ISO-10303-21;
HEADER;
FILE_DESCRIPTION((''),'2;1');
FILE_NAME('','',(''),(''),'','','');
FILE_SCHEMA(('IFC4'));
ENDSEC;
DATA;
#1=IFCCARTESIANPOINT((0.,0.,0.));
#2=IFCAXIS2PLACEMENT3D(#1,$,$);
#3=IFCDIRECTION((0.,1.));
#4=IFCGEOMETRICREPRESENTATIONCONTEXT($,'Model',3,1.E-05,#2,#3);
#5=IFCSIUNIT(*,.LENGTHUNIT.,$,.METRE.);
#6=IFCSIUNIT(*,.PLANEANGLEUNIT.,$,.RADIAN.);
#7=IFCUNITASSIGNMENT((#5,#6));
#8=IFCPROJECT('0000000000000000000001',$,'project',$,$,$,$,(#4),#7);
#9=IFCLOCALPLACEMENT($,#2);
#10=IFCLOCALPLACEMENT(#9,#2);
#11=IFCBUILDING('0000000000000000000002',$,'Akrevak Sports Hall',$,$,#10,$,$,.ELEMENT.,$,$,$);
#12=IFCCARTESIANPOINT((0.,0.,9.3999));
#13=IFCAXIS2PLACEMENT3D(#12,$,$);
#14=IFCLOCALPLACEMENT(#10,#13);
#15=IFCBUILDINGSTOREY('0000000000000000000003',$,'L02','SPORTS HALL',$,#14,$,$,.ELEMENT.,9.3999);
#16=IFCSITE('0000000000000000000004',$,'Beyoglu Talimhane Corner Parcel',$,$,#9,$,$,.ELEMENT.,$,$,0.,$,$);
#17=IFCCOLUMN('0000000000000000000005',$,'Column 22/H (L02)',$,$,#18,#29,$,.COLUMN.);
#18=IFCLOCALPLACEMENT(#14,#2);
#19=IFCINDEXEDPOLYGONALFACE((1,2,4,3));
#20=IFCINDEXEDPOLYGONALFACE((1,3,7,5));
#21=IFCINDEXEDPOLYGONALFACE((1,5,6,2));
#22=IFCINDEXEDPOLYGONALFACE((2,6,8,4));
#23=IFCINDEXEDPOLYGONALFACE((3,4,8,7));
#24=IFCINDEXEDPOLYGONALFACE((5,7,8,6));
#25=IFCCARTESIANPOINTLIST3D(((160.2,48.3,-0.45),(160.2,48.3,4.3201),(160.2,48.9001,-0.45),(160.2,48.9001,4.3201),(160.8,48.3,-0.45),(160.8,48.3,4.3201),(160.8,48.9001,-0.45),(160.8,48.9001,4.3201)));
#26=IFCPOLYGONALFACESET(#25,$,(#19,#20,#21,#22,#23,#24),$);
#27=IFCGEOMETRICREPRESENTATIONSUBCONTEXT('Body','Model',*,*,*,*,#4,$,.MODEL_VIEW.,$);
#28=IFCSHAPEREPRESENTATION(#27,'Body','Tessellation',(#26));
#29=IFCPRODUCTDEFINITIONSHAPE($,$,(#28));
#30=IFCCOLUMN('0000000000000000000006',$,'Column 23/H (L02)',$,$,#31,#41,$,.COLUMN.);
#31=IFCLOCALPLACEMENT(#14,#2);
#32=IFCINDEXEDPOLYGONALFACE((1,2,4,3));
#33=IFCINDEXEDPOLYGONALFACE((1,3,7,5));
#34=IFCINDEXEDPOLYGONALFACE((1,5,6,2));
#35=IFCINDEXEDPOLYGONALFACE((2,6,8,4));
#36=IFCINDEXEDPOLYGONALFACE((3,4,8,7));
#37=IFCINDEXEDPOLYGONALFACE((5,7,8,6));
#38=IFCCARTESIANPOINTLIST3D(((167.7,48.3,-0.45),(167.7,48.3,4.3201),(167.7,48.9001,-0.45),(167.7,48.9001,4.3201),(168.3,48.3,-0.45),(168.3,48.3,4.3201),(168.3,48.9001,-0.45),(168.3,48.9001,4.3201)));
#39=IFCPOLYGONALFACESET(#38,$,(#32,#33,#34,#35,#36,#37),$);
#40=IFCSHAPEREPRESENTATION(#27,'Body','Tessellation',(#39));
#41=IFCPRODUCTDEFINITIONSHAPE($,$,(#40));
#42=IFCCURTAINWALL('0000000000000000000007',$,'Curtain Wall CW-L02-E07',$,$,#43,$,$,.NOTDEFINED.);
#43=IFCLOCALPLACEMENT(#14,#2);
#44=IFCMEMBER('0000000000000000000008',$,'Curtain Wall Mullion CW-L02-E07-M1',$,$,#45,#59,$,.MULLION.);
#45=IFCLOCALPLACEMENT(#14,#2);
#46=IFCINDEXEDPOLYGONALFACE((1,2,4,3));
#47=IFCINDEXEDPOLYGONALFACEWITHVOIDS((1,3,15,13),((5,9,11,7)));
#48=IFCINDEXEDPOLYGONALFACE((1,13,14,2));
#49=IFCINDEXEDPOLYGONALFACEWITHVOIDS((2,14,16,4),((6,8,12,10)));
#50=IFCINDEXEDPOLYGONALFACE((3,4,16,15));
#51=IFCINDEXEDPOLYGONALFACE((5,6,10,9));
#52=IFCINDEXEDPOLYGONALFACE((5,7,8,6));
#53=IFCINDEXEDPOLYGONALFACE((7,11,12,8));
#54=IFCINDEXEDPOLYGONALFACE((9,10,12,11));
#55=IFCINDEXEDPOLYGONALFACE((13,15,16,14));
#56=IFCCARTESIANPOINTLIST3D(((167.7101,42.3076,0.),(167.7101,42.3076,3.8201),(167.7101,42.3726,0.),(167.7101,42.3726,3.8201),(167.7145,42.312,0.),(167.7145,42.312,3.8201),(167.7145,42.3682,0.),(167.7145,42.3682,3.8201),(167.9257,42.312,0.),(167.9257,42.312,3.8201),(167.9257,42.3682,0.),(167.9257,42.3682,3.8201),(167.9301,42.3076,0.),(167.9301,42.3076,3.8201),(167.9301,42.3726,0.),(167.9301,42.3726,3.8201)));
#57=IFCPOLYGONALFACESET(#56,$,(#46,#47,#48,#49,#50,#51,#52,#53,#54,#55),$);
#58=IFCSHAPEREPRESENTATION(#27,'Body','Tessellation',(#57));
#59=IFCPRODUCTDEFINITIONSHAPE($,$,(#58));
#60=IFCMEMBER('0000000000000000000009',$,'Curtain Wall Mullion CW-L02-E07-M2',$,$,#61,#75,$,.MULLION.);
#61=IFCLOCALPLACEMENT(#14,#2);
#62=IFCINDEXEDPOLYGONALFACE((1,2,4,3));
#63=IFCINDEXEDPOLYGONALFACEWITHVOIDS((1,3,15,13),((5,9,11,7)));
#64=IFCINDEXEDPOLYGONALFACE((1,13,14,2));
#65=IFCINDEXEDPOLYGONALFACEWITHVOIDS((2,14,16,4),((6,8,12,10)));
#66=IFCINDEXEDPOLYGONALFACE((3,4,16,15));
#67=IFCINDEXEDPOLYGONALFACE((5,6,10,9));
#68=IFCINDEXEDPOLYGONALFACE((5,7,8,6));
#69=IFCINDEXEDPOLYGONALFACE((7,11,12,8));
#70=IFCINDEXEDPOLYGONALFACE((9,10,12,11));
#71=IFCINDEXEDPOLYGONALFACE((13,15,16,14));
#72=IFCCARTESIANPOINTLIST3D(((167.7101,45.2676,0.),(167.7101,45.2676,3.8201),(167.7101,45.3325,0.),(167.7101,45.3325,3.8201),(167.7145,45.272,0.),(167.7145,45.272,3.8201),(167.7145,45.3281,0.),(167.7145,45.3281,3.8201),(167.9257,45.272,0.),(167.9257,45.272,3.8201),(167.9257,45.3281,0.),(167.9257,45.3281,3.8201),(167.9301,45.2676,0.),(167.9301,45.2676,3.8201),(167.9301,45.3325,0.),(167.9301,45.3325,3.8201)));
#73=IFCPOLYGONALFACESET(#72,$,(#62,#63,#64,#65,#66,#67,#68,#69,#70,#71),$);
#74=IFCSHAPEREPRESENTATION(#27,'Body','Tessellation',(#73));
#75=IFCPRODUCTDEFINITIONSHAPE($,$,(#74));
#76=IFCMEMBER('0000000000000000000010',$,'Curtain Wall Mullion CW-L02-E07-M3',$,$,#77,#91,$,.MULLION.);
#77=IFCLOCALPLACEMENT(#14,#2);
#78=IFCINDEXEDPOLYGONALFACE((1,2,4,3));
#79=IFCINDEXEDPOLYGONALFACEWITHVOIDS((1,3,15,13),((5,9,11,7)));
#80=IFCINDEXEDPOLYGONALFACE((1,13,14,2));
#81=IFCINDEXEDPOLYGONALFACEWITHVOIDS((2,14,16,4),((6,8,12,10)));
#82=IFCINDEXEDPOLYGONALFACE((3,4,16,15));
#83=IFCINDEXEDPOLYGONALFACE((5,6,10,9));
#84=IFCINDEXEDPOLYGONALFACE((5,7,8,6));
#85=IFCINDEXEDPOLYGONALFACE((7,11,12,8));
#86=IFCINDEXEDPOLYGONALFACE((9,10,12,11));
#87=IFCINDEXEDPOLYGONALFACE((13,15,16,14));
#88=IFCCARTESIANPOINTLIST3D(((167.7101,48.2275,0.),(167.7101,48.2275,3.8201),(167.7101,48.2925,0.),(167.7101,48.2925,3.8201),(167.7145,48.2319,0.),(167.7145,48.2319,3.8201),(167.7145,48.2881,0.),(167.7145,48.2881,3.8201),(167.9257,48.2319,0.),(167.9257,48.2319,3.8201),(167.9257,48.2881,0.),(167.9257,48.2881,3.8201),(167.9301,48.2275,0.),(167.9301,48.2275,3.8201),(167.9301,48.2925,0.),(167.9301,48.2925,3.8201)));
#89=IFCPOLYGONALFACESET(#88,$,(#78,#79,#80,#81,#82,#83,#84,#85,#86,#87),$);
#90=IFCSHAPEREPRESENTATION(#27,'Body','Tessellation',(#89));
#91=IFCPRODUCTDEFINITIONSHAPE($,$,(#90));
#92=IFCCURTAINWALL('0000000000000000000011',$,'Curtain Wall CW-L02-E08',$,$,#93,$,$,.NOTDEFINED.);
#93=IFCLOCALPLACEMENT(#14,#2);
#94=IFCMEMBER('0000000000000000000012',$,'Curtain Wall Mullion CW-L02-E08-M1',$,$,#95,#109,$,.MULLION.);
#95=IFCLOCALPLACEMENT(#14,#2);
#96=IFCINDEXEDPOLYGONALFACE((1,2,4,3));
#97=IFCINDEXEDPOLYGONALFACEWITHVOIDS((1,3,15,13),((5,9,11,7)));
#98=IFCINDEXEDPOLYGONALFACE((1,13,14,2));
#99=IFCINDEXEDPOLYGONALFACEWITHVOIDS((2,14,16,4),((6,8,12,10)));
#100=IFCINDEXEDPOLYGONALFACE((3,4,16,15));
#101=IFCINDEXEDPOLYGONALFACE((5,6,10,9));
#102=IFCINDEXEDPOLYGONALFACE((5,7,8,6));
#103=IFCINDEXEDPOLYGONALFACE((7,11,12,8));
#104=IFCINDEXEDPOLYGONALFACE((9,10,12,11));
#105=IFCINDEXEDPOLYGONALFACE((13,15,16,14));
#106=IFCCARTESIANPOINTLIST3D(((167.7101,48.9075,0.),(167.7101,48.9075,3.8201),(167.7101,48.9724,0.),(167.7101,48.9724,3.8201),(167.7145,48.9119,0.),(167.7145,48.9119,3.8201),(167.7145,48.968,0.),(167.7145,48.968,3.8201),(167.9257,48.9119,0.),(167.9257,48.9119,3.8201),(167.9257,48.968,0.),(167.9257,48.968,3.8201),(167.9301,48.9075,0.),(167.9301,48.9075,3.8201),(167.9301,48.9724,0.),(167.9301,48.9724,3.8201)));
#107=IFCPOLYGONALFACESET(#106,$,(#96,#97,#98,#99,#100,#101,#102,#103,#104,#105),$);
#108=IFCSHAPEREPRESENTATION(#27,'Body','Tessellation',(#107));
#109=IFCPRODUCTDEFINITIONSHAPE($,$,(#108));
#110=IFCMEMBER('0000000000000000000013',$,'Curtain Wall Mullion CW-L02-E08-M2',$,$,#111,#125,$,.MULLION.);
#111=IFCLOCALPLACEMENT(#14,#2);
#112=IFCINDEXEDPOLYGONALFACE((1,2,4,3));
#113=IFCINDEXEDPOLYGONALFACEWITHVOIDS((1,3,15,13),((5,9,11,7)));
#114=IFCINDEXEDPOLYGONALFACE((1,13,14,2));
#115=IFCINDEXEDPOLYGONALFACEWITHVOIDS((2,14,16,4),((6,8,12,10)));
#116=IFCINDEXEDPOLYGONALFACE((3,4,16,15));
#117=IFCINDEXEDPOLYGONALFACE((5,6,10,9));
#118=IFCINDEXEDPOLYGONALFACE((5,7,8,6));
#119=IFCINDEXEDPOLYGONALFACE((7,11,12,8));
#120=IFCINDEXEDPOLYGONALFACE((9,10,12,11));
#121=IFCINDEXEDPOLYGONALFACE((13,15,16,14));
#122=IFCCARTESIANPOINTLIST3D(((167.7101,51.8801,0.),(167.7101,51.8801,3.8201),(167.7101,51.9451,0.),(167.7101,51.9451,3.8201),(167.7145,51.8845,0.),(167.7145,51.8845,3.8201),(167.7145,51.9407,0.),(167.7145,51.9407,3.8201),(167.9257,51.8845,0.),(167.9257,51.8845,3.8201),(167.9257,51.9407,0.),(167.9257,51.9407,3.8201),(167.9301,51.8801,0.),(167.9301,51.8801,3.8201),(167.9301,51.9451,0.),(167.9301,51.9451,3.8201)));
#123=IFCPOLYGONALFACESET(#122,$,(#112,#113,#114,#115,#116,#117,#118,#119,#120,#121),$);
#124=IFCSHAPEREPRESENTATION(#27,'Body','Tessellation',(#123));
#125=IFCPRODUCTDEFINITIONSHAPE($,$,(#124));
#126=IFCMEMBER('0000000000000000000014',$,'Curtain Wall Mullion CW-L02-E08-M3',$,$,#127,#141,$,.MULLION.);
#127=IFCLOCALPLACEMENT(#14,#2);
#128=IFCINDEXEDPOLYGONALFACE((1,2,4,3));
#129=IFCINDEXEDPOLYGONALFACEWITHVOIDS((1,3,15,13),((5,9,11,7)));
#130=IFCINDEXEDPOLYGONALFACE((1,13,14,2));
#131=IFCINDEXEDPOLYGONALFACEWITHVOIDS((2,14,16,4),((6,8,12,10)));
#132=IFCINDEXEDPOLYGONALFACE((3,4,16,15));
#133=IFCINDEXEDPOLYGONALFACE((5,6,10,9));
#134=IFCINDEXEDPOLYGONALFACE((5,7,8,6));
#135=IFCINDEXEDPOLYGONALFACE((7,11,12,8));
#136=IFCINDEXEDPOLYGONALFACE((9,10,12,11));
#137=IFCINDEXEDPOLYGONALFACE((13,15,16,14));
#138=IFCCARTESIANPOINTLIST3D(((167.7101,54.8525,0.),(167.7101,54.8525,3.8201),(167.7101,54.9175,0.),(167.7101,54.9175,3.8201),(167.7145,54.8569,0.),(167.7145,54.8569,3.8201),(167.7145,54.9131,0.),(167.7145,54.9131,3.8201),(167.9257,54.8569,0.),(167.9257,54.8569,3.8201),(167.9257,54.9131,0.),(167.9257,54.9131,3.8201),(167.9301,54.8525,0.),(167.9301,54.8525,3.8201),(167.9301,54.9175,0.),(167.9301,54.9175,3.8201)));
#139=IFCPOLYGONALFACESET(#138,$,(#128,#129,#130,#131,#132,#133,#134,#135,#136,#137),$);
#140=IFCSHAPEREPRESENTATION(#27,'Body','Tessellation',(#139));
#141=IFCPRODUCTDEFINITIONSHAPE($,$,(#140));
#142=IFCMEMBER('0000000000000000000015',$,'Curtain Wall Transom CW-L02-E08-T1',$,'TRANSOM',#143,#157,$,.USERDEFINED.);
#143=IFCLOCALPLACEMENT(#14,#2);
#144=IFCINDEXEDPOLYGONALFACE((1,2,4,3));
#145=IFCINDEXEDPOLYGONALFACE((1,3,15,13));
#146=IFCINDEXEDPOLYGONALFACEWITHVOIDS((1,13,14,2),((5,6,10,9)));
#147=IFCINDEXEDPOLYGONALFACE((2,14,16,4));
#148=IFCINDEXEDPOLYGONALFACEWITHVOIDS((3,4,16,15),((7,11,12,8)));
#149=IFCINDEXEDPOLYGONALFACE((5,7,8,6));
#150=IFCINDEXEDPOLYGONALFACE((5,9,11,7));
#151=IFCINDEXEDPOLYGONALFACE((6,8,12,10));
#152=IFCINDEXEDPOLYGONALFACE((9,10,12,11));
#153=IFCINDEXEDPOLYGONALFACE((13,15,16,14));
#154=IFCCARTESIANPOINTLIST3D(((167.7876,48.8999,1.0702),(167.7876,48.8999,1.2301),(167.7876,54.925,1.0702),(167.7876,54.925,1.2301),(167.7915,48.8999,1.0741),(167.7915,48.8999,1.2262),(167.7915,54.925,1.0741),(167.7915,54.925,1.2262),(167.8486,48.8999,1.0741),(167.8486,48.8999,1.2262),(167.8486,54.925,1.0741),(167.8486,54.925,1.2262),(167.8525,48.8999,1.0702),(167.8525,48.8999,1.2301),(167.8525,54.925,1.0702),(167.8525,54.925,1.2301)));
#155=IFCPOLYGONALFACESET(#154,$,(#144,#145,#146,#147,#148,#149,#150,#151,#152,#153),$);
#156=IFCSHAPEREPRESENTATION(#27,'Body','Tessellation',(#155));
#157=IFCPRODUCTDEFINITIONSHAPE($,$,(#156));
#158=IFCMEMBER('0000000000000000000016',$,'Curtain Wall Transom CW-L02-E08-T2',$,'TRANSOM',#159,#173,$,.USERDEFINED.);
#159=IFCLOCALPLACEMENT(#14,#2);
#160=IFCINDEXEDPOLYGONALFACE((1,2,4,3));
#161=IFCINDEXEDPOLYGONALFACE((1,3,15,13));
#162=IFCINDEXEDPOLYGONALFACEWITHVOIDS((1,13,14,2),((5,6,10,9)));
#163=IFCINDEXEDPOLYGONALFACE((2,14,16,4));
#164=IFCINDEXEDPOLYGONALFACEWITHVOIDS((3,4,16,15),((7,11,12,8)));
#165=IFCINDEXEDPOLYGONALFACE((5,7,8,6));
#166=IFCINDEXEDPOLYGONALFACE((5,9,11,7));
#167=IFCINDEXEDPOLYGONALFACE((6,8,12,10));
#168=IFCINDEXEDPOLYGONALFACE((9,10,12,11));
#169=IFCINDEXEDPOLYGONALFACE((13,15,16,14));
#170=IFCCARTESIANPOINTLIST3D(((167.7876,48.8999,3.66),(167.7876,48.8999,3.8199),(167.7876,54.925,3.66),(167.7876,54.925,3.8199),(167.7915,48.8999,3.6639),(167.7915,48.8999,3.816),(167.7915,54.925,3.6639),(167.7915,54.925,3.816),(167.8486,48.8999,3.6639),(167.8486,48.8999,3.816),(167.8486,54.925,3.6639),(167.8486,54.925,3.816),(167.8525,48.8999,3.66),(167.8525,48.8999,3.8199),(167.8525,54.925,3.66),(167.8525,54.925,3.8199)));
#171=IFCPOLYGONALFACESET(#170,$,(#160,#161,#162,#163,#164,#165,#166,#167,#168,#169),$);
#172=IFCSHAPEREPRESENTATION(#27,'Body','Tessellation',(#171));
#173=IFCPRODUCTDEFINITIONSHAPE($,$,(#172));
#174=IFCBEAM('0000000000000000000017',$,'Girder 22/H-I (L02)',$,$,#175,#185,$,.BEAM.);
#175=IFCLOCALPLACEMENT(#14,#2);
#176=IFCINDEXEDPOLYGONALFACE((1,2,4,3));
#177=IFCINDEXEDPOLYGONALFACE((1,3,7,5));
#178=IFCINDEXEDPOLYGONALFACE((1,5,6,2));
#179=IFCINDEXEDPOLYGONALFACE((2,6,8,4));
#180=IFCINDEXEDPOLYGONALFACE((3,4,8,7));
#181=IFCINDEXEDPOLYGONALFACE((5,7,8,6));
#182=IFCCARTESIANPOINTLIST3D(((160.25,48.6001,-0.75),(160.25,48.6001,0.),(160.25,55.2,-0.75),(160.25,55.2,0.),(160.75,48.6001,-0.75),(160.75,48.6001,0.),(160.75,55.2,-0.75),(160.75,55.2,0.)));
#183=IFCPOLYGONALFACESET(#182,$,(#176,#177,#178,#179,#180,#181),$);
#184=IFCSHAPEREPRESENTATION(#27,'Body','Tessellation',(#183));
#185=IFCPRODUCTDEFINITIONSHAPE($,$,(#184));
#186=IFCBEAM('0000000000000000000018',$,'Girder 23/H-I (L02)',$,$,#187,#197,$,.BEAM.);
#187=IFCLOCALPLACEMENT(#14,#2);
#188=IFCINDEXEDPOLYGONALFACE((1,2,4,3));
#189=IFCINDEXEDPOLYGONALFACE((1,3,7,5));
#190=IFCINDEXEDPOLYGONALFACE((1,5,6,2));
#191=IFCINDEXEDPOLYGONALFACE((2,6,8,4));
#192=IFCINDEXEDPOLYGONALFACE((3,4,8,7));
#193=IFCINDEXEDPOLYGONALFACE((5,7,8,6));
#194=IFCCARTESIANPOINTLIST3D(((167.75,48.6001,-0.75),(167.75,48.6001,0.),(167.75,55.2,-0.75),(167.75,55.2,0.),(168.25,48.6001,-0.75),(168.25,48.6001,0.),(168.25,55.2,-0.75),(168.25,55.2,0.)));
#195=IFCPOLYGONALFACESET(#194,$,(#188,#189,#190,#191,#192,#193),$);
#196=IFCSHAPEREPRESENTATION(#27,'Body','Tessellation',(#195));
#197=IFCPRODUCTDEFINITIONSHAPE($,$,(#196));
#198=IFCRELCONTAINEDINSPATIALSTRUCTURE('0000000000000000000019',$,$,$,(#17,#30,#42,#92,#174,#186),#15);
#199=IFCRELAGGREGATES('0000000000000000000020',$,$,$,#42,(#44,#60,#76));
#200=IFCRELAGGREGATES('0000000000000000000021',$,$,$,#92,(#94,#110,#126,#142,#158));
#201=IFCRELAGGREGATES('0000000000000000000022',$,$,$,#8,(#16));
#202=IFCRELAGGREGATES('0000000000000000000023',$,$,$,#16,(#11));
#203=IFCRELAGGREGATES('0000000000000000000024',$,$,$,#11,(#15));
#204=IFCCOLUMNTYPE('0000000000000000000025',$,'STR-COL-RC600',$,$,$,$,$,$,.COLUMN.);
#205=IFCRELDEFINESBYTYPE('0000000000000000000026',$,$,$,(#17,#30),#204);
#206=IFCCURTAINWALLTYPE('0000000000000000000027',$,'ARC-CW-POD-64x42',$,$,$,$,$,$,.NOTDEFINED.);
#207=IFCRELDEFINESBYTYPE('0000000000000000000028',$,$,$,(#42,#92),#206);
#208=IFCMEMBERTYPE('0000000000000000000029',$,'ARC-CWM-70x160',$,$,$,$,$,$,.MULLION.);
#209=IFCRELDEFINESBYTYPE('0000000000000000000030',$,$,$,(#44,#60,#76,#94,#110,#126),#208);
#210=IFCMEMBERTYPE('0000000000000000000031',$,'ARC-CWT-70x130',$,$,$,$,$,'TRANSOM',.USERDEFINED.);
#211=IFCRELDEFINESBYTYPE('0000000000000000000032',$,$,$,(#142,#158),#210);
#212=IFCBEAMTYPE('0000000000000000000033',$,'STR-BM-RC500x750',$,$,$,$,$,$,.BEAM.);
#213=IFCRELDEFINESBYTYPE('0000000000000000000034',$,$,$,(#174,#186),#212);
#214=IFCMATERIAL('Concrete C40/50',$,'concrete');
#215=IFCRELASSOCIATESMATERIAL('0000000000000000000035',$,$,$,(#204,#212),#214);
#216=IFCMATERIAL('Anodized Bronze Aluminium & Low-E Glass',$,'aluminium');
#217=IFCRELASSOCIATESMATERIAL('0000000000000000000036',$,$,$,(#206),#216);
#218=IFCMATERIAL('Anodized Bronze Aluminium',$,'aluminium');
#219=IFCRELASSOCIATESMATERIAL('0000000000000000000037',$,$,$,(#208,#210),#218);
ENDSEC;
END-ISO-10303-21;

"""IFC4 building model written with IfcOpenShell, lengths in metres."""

from ifc_helpers import new_model, si_unit, direction, frame, origin, origin_2d, place, context, subcontext, project, spatial, rectangle, hollow_rectangle, extrude, material, material_profile, profile_set, type_object, element, aggregate, save


model = new_model("IFC4")

# Units and contexts
model_context = context("Model", 3, precision=1e-05, world=origin(), true_north=direction((0.0, 1.0)))
body_context = subcontext(model_context, "Body", "Model", "MODEL_VIEW")
ifc_project = project(units=[si_unit("LENGTHUNIT", "METRE"), si_unit("PLANEANGLEUNIT", "RADIAN")], contexts=[model_context])

# Site, building, storey
site_placement = place(None, origin())
site = spatial("IfcSite", under=ifc_project, at=site_placement, Name="Beyoglu Talimhane Corner Parcel", CompositionType="ELEMENT", RefElevation=0.0)
building_placement = place(site_placement, origin())
building = spatial("IfcBuilding", under=site, at=building_placement, Name="Akrevak Sports Hall", CompositionType="ELEMENT")
storey_placement = place(building_placement, frame((0.0, 0.0, 9.3999)))
storey = spatial("IfcBuildingStorey", under=building, at=storey_placement, Name="L02", Description="SPORTS HALL", CompositionType="ELEMENT", Elevation=9.3999)

# Columns
ifc_material_1 = material(Name="Concrete C40/50", Category="concrete")
ifc_material_profile_1 = material_profile(ifc_material_1, rectangle(XDim=0.6001, YDim=0.6001, at=origin_2d()), Name="RC 600x600", Category="concrete")
ifc_profile_set_1 = profile_set([ifc_material_profile_1], Name="Concrete C40/50")
column_type = type_object("IfcColumnType", Name="STR-COL-RC600", PredefinedType="COLUMN", material=ifc_profile_set_1)
for number, where, z_axis, x_axis, name in (
    (1, (160.5, 48.6001, -0.45), (0.0, 0.0, 1.0), (1.0, 0.0, 0.0), "Column 22/H (L02)"),
    (2, (168.0, 48.6001, -0.45), (0.0, 0.0, 1.0), (1.0, 0.0, 0.0), "Column 23/H (L02)"),
):
    element("IfcColumn", number, at=place(storey_placement, frame(where, z_axis=z_axis, x_axis=x_axis)), inside=storey, type_object=column_type, Name=name, PredefinedType="COLUMN", context=body_context, shape_type="SweptSolid", body=[
        extrude(rectangle(XDim=0.6001, YDim=0.6001, at=origin_2d()), origin(), (0.0, 0.0, 1.0), 4.77),
    ])

# Curtain walls, members
ifc_material_2 = material(Name="Anodized Bronze Aluminium & Low-E Glass", Category="aluminium")
curtain_wall_type = type_object("IfcCurtainWallType", Name="ARC-CW-POD-64x42", PredefinedType="NOTDEFINED", material=ifc_material_2)
curtain_wall_1_placement = place(storey_placement, origin())
curtain_wall_1 = element("IfcCurtainWall", 3, at=curtain_wall_1_placement, inside=storey, type_object=curtain_wall_type, Name="Curtain Wall CW-L02-E07", PredefinedType="NOTDEFINED")
ifc_material_3 = material(Name="Anodized Bronze Aluminium", Category="aluminium")
ifc_material_profile_2 = material_profile(ifc_material_3, hollow_rectangle(XDim=0.0649, YDim=0.22, WallThickness=0.0044, at=origin_2d()), Name="CWM 65x220", Category="aluminium")
ifc_profile_set_2 = profile_set([ifc_material_profile_2], Name="Anodized Bronze Aluminium")
member_type_1 = type_object("IfcMemberType", Name="ARC-CWM-70x160", PredefinedType="MULLION", material=ifc_profile_set_2)
member_1_placement = place(storey_placement, frame((167.8201, 42.3401, 0.0), z_axis=(0.0, 0.0, 1.0), x_axis=(0.0, 1.0, 0.0)))
member_1 = element("IfcMember", 4, at=member_1_placement, type_object=member_type_1, Name="Curtain Wall Mullion CW-L02-E07-M1", PredefinedType="MULLION", context=body_context, shape_type="SweptSolid", body=[
    extrude(hollow_rectangle(XDim=0.0649, YDim=0.22, WallThickness=0.0044, at=origin_2d()), origin(), (0.0, 0.0, 1.0), 3.8201),
])
member_2_placement = place(storey_placement, frame((167.8201, 45.3, 0.0), z_axis=(0.0, 0.0, 1.0), x_axis=(0.0, 1.0, 0.0)))
member_2 = element("IfcMember", 5, at=member_2_placement, type_object=member_type_1, Name="Curtain Wall Mullion CW-L02-E07-M2", PredefinedType="MULLION", context=body_context, shape_type="SweptSolid", body=[
    extrude(hollow_rectangle(XDim=0.0649, YDim=0.22, WallThickness=0.0044, at=origin_2d()), origin(), (0.0, 0.0, 1.0), 3.8201),
])
member_3_placement = place(storey_placement, frame((167.8201, 48.26, 0.0), z_axis=(0.0, 0.0, 1.0), x_axis=(0.0, 1.0, 0.0)))
member_3 = element("IfcMember", 6, at=member_3_placement, type_object=member_type_1, Name="Curtain Wall Mullion CW-L02-E07-M3", PredefinedType="MULLION", context=body_context, shape_type="SweptSolid", body=[
    extrude(hollow_rectangle(XDim=0.0649, YDim=0.22, WallThickness=0.0044, at=origin_2d()), origin(), (0.0, 0.0, 1.0), 3.8201),
])
curtain_wall_2_placement = place(storey_placement, origin())
curtain_wall_2 = element("IfcCurtainWall", 7, at=curtain_wall_2_placement, inside=storey, type_object=curtain_wall_type, Name="Curtain Wall CW-L02-E08", PredefinedType="NOTDEFINED")
member_4_placement = place(storey_placement, frame((167.8201, 48.9399, 0.0), z_axis=(0.0, 0.0, 1.0), x_axis=(0.0, 1.0, 0.0)))
member_4 = element("IfcMember", 8, at=member_4_placement, type_object=member_type_1, Name="Curtain Wall Mullion CW-L02-E08-M1", PredefinedType="MULLION", context=body_context, shape_type="SweptSolid", body=[
    extrude(hollow_rectangle(XDim=0.0649, YDim=0.22, WallThickness=0.0044, at=origin_2d()), origin(), (0.0, 0.0, 1.0), 3.8201),
])
member_5_placement = place(storey_placement, frame((167.8201, 51.9126, 0.0), z_axis=(0.0, 0.0, 1.0), x_axis=(0.0, 1.0, 0.0)))
member_5 = element("IfcMember", 9, at=member_5_placement, type_object=member_type_1, Name="Curtain Wall Mullion CW-L02-E08-M2", PredefinedType="MULLION", context=body_context, shape_type="SweptSolid", body=[
    extrude(hollow_rectangle(XDim=0.0649, YDim=0.22, WallThickness=0.0044, at=origin_2d()), origin(), (0.0, 0.0, 1.0), 3.8201),
])
member_6_placement = place(storey_placement, frame((167.8201, 54.885, 0.0), z_axis=(0.0, 0.0, 1.0), x_axis=(0.0, 1.0, 0.0)))
member_6 = element("IfcMember", 10, at=member_6_placement, type_object=member_type_1, Name="Curtain Wall Mullion CW-L02-E08-M3", PredefinedType="MULLION", context=body_context, shape_type="SweptSolid", body=[
    extrude(hollow_rectangle(XDim=0.0649, YDim=0.22, WallThickness=0.0044, at=origin_2d()), origin(), (0.0, 0.0, 1.0), 3.8201),
])
ifc_material_profile_3 = material_profile(ifc_material_3, hollow_rectangle(XDim=0.0649, YDim=0.1599, WallThickness=0.0039, at=origin_2d()), Name="CWT 65x160", Category="aluminium")
ifc_profile_set_3 = profile_set([ifc_material_profile_3], Name="Anodized Bronze Aluminium")
member_type_2 = type_object("IfcMemberType", Name="ARC-CWT-70x130", ElementType="TRANSOM", PredefinedType="USERDEFINED", material=ifc_profile_set_3)
member_7_placement = place(storey_placement, frame((167.8201, 48.8999, 1.1501), z_axis=(0.0, 1.0, 0.0), x_axis=(-1.0, 0.0, 0.0)))
member_7 = element("IfcMember", 11, at=member_7_placement, type_object=member_type_2, Name="Curtain Wall Transom CW-L02-E08-T1", ObjectType="TRANSOM", PredefinedType="USERDEFINED", context=body_context, shape_type="SweptSolid", body=[
    extrude(hollow_rectangle(XDim=0.0649, YDim=0.1599, WallThickness=0.0039, at=origin_2d()), origin(), (0.0, 0.0, 1.0), 6.0251),
])
member_8_placement = place(storey_placement, frame((167.8201, 48.8999, 3.74), z_axis=(0.0, 1.0, 0.0), x_axis=(-1.0, 0.0, 0.0)))
member_8 = element("IfcMember", 12, at=member_8_placement, type_object=member_type_2, Name="Curtain Wall Transom CW-L02-E08-T2", ObjectType="TRANSOM", PredefinedType="USERDEFINED", context=body_context, shape_type="SweptSolid", body=[
    extrude(hollow_rectangle(XDim=0.0649, YDim=0.1599, WallThickness=0.0039, at=origin_2d()), origin(), (0.0, 0.0, 1.0), 6.0251),
])

# Beams
ifc_material_profile_4 = material_profile(ifc_material_1, rectangle(XDim=0.5, YDim=0.75, at=origin_2d()), Name="BM 500x750", Category="concrete")
ifc_profile_set_4 = profile_set([ifc_material_profile_4], Name="Concrete C40/50")
beam_type_1 = type_object("IfcBeamType", Name="STR-BM-RC500x750", PredefinedType="BEAM", material=ifc_profile_set_4)
for number, where, z_axis, x_axis, name in (
    (13, (160.5, 48.6001, -0.375), (0.0, 1.0, 0.0), (-1.0, 0.0, 0.0), "Girder 22/H-I (L02)"),
    (14, (168.0, 48.6001, -0.375), (0.0, 1.0, 0.0), (-1.0, 0.0, 0.0), "Girder 23/H-I (L02)"),
):
    element("IfcBeam", number, at=place(storey_placement, frame(where, z_axis=z_axis, x_axis=x_axis)), inside=storey, type_object=beam_type_1, Name=name, PredefinedType="BEAM", context=body_context, shape_type="SweptSolid", body=[
        extrude(rectangle(XDim=0.5, YDim=0.75, at=origin_2d()), origin(), (0.0, 0.0, 1.0), 6.5999),
    ])

aggregate(curtain_wall_1, [member_1, member_2, member_3])
aggregate(curtain_wall_2, [member_4, member_5, member_6, member_7, member_8])

save(model, "model.ifc")
